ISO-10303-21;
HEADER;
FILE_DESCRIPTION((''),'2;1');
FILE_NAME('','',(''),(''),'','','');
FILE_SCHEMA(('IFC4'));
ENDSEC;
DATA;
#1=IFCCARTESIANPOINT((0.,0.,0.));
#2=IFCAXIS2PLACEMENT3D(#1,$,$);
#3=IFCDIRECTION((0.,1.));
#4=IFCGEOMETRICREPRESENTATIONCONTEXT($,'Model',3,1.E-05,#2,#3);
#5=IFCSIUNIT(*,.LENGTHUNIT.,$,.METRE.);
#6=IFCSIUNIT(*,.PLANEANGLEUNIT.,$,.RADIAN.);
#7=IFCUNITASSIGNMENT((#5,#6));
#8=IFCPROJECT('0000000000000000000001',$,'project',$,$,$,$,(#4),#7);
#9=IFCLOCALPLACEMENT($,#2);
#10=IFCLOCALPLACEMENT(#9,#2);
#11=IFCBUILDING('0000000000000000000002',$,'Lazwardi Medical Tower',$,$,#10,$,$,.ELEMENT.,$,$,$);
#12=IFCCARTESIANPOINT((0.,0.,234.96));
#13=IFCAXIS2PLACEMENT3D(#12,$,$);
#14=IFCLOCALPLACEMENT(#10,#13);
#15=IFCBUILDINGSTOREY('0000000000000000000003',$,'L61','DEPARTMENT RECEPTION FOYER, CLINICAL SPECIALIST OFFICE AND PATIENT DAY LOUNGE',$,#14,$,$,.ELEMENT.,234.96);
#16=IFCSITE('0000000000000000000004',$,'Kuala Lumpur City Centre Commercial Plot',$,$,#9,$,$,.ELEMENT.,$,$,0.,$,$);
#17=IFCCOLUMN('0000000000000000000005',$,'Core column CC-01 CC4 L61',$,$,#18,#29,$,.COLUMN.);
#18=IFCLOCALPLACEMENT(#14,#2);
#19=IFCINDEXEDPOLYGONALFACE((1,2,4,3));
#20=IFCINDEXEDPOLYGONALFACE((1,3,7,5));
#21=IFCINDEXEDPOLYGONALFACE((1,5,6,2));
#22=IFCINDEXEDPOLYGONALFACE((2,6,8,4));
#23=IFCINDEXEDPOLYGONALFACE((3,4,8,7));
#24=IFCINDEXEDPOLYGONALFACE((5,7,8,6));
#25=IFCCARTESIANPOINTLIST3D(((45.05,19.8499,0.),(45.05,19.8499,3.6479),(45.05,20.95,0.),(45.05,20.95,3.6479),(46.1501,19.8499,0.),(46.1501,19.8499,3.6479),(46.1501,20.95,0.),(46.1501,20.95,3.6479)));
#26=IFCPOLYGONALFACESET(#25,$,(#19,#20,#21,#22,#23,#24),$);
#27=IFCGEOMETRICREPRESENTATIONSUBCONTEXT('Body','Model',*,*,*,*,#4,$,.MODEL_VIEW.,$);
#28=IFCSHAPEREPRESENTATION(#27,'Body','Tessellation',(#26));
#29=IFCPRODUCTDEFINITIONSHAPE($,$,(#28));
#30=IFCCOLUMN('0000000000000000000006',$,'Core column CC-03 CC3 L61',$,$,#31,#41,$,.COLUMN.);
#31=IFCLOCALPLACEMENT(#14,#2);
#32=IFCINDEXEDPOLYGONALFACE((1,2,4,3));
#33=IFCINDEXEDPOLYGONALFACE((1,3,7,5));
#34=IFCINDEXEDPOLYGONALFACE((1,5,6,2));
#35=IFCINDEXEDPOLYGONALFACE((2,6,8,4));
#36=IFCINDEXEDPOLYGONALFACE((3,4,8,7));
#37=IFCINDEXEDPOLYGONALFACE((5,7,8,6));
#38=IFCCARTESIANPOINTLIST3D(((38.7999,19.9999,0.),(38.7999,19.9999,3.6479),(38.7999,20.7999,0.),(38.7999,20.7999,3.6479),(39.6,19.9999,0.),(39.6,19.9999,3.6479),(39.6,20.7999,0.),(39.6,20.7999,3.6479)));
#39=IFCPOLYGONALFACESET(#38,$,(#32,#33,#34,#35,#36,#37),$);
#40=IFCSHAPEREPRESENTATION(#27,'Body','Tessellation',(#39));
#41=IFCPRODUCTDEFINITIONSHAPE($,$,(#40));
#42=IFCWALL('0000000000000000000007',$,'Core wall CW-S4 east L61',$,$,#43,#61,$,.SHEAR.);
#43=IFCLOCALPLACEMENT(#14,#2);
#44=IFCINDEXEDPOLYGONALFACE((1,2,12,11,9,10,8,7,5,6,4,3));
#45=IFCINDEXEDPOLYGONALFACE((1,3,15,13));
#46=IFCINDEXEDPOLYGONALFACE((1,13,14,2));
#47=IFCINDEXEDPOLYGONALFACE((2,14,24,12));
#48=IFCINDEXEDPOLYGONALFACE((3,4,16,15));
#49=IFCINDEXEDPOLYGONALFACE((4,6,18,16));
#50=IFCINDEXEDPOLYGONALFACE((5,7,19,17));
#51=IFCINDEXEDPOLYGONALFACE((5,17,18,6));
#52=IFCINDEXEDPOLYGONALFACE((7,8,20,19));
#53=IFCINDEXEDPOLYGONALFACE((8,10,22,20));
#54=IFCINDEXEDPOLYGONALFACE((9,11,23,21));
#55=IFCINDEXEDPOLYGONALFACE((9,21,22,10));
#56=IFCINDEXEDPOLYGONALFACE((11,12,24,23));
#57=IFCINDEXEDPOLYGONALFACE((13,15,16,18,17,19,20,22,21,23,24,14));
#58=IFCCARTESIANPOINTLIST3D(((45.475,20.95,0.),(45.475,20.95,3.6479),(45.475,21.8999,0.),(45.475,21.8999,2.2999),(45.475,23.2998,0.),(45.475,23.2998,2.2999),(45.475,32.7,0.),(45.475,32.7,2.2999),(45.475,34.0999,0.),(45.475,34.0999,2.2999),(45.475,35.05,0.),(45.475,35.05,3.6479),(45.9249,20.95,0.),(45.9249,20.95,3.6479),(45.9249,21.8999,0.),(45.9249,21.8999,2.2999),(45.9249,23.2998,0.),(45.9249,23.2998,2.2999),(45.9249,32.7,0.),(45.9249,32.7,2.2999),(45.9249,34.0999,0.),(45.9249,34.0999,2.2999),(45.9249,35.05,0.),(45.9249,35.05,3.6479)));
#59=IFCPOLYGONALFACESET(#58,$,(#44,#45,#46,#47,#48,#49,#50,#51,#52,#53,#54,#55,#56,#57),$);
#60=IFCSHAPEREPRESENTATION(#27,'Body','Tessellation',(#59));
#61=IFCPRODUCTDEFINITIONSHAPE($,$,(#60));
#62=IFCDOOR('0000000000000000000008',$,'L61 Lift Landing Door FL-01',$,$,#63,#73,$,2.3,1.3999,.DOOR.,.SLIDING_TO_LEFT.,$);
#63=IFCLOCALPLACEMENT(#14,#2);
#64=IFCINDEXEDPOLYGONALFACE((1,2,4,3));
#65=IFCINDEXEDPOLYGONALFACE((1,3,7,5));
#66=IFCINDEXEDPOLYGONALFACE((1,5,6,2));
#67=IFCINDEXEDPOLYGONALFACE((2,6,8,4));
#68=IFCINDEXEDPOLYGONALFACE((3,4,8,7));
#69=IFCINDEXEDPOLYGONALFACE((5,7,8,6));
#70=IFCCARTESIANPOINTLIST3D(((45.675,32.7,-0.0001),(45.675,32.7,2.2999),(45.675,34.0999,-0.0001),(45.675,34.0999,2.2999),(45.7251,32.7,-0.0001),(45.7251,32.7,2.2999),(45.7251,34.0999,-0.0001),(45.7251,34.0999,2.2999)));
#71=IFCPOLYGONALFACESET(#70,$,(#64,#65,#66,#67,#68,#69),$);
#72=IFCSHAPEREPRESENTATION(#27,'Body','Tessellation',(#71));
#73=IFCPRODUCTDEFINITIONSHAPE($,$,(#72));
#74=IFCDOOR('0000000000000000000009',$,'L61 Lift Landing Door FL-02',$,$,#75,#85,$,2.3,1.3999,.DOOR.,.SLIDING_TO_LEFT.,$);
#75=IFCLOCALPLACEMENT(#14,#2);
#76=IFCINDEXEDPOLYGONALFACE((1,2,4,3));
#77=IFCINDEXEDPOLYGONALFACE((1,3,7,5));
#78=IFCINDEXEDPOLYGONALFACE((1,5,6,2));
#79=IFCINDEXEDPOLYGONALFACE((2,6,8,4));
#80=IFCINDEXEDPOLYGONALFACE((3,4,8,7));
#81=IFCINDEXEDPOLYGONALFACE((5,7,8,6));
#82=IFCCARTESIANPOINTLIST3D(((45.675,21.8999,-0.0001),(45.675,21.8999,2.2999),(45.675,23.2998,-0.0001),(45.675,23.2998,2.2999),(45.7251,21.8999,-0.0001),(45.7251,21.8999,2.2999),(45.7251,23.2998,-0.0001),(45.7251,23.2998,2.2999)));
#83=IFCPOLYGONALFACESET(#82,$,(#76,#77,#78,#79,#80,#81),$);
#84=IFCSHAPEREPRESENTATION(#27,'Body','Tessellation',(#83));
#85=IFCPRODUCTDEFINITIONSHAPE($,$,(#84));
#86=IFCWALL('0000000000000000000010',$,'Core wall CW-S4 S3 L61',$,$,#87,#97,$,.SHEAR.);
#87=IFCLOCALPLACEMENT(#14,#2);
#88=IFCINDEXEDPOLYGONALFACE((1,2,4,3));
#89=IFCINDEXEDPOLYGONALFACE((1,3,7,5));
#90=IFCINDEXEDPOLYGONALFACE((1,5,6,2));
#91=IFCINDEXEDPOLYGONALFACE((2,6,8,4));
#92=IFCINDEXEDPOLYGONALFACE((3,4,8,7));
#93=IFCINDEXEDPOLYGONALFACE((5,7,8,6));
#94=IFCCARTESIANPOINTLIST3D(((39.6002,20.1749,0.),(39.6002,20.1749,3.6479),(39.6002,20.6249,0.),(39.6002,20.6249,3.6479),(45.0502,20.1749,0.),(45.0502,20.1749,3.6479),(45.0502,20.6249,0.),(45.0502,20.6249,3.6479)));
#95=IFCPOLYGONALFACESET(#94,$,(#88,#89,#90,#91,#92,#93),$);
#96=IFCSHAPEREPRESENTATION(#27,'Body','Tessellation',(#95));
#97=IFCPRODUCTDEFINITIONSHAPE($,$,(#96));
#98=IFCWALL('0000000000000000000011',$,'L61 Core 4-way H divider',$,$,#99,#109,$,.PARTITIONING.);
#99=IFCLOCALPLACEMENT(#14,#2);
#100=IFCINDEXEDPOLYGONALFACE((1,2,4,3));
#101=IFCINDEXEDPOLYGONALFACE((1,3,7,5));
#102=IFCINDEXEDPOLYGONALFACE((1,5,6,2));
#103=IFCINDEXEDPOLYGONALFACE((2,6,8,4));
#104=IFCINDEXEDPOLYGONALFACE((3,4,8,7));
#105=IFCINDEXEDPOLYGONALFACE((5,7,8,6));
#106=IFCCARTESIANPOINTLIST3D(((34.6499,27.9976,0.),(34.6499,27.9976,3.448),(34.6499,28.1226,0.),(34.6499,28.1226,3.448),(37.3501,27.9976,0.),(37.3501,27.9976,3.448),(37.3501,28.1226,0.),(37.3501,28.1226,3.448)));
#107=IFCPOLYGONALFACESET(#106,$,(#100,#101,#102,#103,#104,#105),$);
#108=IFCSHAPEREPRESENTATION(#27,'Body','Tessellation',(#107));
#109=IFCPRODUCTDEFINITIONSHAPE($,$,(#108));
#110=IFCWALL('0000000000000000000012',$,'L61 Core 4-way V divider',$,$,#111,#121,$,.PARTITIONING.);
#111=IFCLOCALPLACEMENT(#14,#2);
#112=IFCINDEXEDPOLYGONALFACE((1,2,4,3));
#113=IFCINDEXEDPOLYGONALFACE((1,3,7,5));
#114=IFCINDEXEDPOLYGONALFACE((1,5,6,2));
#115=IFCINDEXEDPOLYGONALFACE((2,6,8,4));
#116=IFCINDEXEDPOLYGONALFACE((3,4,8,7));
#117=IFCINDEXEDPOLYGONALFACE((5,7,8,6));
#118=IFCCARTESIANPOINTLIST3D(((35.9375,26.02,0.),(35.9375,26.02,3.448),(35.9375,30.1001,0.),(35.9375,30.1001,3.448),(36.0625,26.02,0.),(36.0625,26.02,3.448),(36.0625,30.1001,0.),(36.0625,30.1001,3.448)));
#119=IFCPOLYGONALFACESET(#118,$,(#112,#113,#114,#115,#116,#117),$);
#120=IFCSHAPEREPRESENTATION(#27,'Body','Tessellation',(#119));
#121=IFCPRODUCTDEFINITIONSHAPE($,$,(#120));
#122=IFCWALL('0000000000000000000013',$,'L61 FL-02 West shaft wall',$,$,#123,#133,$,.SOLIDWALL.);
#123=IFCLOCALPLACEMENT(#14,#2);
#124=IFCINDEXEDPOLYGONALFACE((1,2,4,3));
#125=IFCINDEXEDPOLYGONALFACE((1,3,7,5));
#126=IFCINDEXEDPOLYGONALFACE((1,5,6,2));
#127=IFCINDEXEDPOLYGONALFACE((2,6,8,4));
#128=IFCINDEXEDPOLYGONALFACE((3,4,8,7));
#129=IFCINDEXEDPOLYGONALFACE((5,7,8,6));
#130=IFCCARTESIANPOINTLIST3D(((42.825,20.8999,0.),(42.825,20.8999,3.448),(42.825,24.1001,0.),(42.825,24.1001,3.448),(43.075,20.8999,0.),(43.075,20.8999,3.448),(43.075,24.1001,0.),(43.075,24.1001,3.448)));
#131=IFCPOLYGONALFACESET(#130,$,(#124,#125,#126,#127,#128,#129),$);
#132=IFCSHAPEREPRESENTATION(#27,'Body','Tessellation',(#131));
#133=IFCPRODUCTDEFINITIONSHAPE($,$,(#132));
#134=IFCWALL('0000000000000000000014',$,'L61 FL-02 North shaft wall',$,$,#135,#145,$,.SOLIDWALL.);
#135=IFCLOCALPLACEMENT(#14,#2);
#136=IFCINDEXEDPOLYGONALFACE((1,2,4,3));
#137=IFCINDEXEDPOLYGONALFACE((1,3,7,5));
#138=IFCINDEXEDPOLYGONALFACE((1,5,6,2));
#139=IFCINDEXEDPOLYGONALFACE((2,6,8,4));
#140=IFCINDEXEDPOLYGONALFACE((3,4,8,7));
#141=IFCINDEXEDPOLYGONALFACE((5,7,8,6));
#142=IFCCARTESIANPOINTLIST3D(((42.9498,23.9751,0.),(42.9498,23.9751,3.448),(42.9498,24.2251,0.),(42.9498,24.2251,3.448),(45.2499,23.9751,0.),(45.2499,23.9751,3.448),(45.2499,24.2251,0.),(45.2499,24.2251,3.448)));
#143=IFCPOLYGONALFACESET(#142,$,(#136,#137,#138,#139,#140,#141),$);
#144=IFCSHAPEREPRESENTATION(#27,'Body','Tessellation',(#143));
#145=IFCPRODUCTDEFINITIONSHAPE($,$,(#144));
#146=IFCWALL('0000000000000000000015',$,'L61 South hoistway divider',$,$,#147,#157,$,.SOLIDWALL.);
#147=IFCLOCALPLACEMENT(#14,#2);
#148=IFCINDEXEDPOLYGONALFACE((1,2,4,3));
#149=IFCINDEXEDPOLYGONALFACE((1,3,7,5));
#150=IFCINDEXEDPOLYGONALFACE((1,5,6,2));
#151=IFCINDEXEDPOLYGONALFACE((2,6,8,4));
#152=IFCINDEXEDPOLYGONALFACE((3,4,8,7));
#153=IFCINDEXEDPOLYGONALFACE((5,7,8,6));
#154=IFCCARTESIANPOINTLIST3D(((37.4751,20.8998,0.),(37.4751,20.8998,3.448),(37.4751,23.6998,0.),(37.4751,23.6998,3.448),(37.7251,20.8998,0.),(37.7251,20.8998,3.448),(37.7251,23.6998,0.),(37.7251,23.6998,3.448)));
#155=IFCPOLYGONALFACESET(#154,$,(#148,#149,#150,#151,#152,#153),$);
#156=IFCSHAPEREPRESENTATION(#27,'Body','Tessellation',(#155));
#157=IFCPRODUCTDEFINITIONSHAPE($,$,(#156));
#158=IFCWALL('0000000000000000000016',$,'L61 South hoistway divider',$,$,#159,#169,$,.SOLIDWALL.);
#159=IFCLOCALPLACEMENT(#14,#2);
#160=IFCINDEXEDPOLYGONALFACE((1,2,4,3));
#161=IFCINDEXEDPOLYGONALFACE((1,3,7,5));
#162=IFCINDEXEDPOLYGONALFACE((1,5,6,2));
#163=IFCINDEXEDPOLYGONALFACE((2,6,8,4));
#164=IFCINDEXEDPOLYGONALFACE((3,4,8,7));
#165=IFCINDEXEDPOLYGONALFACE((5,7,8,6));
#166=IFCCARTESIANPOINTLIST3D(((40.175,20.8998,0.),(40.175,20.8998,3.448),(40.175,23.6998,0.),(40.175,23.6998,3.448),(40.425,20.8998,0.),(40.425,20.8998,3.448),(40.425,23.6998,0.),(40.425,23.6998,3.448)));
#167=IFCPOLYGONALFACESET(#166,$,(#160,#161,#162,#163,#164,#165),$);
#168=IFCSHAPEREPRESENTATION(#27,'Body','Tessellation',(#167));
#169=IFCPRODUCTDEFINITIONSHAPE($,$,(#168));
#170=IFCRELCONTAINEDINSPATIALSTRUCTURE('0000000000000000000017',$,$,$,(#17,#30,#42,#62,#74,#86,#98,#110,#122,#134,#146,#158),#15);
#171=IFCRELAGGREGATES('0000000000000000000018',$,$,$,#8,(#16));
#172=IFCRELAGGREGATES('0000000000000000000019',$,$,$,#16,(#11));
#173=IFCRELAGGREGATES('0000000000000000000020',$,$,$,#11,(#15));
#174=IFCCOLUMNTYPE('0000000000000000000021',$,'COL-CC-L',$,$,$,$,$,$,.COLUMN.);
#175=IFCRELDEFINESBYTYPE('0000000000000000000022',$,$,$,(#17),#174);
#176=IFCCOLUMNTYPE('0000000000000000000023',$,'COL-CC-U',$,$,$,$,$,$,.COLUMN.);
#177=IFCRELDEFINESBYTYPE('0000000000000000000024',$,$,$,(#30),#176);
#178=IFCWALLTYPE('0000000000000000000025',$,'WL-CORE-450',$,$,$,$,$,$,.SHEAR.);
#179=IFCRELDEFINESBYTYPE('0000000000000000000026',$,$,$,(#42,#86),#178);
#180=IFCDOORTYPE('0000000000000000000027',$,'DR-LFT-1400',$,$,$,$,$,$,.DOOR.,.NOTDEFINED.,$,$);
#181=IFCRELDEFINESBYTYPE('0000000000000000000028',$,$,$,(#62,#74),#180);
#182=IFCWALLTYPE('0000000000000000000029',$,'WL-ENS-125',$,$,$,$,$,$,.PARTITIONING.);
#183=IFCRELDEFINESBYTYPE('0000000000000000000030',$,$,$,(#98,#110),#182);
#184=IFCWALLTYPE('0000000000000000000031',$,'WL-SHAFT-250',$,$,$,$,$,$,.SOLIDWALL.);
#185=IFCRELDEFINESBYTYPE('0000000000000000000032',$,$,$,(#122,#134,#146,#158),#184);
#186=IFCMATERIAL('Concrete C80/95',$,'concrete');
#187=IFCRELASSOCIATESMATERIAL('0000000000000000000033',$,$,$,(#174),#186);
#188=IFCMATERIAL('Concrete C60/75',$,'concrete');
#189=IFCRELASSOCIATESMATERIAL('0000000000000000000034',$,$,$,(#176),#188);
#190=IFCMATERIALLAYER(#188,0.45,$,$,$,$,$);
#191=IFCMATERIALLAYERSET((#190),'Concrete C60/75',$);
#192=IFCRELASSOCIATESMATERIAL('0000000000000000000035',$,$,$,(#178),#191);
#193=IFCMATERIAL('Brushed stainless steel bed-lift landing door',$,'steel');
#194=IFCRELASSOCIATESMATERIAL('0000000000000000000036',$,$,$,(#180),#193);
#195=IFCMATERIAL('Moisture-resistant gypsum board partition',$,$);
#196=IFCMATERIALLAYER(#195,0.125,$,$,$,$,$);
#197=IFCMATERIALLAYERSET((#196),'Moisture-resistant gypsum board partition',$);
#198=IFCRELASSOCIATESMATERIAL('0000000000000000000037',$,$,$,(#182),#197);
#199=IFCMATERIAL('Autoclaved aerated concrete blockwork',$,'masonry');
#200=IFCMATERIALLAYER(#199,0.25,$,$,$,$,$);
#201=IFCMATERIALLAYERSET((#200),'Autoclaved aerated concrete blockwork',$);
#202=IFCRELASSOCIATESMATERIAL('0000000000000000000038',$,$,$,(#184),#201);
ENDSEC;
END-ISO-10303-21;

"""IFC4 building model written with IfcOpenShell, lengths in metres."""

from ifc_helpers import new_model, si_unit, direction, frame, frame_2d, origin, origin_2d, place, context, subcontext, project, spatial, rectangle, extrude, material, layer, layer_set, material_profile, profile_set, type_object, element, fill, save


model = new_model("IFC4")

# Units and contexts
model_context = context("Model", 3, precision=1e-05, world=origin(), true_north=direction((0.0, 1.0)))
body_context = subcontext(model_context, "Body", "Model", "MODEL_VIEW")
ifc_project = project(units=[si_unit("LENGTHUNIT", "METRE"), si_unit("PLANEANGLEUNIT", "RADIAN")], contexts=[model_context])

# Site, building, storey
site_placement = place(None, origin())
site = spatial("IfcSite", under=ifc_project, at=site_placement, Name="Kuala Lumpur City Centre Commercial Plot", CompositionType="ELEMENT", RefElevation=0.0)
building_placement = place(site_placement, origin())
building = spatial("IfcBuilding", under=site, at=building_placement, Name="Lazwardi Medical Tower", CompositionType="ELEMENT")
storey_placement = place(building_placement, frame((0.0, 0.0, 234.96)))
storey = spatial("IfcBuildingStorey", under=building, at=storey_placement, Name="L61", Description="DEPARTMENT RECEPTION FOYER, CLINICAL SPECIALIST OFFICE AND PATIENT DAY LOUNGE", CompositionType="ELEMENT", Elevation=234.96)

# Columns
ifc_material_1 = material(Name="Concrete C80/95", Category="concrete")
ifc_material_profile_1 = material_profile(ifc_material_1, rectangle(XDim=1.1001, YDim=1.1001, at=origin_2d()), Name="RC 1100x1100")
ifc_profile_set_1 = profile_set([ifc_material_profile_1], Name="Concrete C80/95")
column_type_1 = type_object("IfcColumnType", Name="COL-CC-L", PredefinedType="COLUMN", material=ifc_profile_set_1)
column_1_placement = place(storey_placement, frame((45.6001, 20.3999, 0.0), z_axis=(0.0, 0.0, 1.0), x_axis=(1.0, 0.0, 0.0)))
element("IfcColumn", 1, at=column_1_placement, inside=storey, type_object=column_type_1, Name="Core column CC-01 CC4 L61", PredefinedType="COLUMN", context=body_context, shape_type="SweptSolid", body=[
    extrude(rectangle(XDim=1.1001, YDim=1.1001, at=origin_2d()), origin(), (0.0, 0.0, 1.0), 3.6479),
])
ifc_material_2 = material(Name="Concrete C60/75", Category="concrete")
ifc_material_profile_2 = material_profile(ifc_material_2, rectangle(XDim=0.8, YDim=0.8, at=origin_2d()), Name="RC 800x800")
ifc_profile_set_2 = profile_set([ifc_material_profile_2], Name="Concrete C60/75")
column_type_2 = type_object("IfcColumnType", Name="COL-CC-U", PredefinedType="COLUMN", material=ifc_profile_set_2)
column_2_placement = place(storey_placement, frame((39.2, 20.3999, 0.0), z_axis=(0.0, 0.0, 1.0), x_axis=(1.0, 0.0, 0.0)))
element("IfcColumn", 2, at=column_2_placement, inside=storey, type_object=column_type_2, Name="Core column CC-03 CC3 L61", PredefinedType="COLUMN", context=body_context, shape_type="SweptSolid", body=[
    extrude(rectangle(XDim=0.8, YDim=0.8, at=origin_2d()), origin(), (0.0, 0.0, 1.0), 3.6479),
])

# Wall, openings, doors
ifc_layer_1 = layer(ifc_material_2, 0.45)
ifc_layer_set_1 = layer_set([ifc_layer_1], Name="Concrete C60/75")
wall_type_1 = type_object("IfcWallType", Name="WL-CORE-450", PredefinedType="SHEAR", material=ifc_layer_set_1)
wall_1_placement = place(storey_placement, frame((45.7, 20.95, 0.0), z_axis=(0.0, 0.0, 1.0), x_axis=(0.0, 1.0, 0.0)))
wall_1 = element("IfcWall", 3, at=wall_1_placement, inside=storey, type_object=wall_type_1, Name="Core wall CW-S4 east L61", PredefinedType="SHEAR", context=body_context, shape_type="SweptSolid", body=[
    extrude(rectangle(XDim=14.1001, YDim=0.45, at=frame_2d((7.05, 0.0))), origin(), (0.0, 0.0, 1.0), 3.6479),
])
opening_1_placement = place(wall_1_placement, frame((11.75, 0.0, 0.0)))
opening_1 = element("IfcOpeningElement", 4, at=opening_1_placement, cuts=wall_1, PredefinedType="OPENING", context=body_context, shape_type="SweptSolid", body=[
    extrude(rectangle(XDim=1.3999, YDim=2.3, at=frame_2d((0.7, 1.1499))), frame((0.0, 0.2349, 0.0), z_axis=(0.0, -1.0, 0.0), x_axis=(1.0, 0.0, 0.0)), (0.0, 0.0, 1.0), 0.47),
])
opening_2_placement = place(wall_1_placement, frame((0.95, 0.0, 0.0)))
opening_2 = element("IfcOpeningElement", 5, at=opening_2_placement, cuts=wall_1, PredefinedType="OPENING", context=body_context, shape_type="SweptSolid", body=[
    extrude(rectangle(XDim=1.3999, YDim=2.3, at=frame_2d((0.7, 1.1499))), frame((0.0, 0.2349, 0.0), z_axis=(0.0, -1.0, 0.0), x_axis=(1.0, 0.0, 0.0)), (0.0, 0.0, 1.0), 0.47),
])
ifc_material_3 = material(Name="Brushed stainless steel bed-lift landing door", Category="steel")
door_type_1 = type_object("IfcDoorType", Name="DR-LFT-1400", OperationType="NOTDEFINED", PredefinedType="DOOR", material=ifc_material_3)
door_1_placement = place(opening_1_placement, origin())
door_1 = element("IfcDoor", 6, at=door_1_placement, inside=storey, type_object=door_type_1, Name="L61 Lift Landing Door FL-01", OperationType="SLIDING_TO_LEFT", OverallHeight=2.3, OverallWidth=1.3999, PredefinedType="DOOR", context=body_context, shape_type="SweptSolid", body=[
    extrude(rectangle(XDim=1.3999, YDim=2.3, at=frame_2d((0.7, 1.1499))), frame((0.0, 0.0249, 0.0), z_axis=(0.0, -1.0, 0.0), x_axis=(1.0, 0.0, 0.0)), (0.0, 0.0, 1.0), 0.05),
])
fill(opening_1, door_1)
door_2_placement = place(opening_2_placement, origin())
door_2 = element("IfcDoor", 7, at=door_2_placement, inside=storey, type_object=door_type_1, Name="L61 Lift Landing Door FL-02", OperationType="SLIDING_TO_LEFT", OverallHeight=2.3, OverallWidth=1.3999, PredefinedType="DOOR", context=body_context, shape_type="SweptSolid", body=[
    extrude(rectangle(XDim=1.3999, YDim=2.3, at=frame_2d((0.7, 1.1499))), frame((0.0, 0.0249, 0.0), z_axis=(0.0, -1.0, 0.0), x_axis=(1.0, 0.0, 0.0)), (0.0, 0.0, 1.0), 0.05),
])
fill(opening_2, door_2)

# Walls
wall_2_placement = place(storey_placement, frame((39.6001, 20.3999, 0.0), z_axis=(0.0, 0.0, 1.0), x_axis=(1.0, 0.0, 0.0)))
element("IfcWall", 8, at=wall_2_placement, inside=storey, type_object=wall_type_1, Name="Core wall CW-S4 S3 L61", PredefinedType="SHEAR", context=body_context, shape_type="SweptSolid", body=[
    extrude(rectangle(XDim=5.45, YDim=0.45, at=frame_2d((2.7251, 0.0))), origin(), (0.0, 0.0, 1.0), 3.6479),
])
ifc_material_4 = material(Name="Moisture-resistant gypsum board partition")
ifc_layer_2 = layer(ifc_material_4, 0.125)
ifc_layer_set_2 = layer_set([ifc_layer_2], Name="Moisture-resistant gypsum board partition")
wall_type_2 = type_object("IfcWallType", Name="WL-ENS-125", PredefinedType="PARTITIONING", material=ifc_layer_set_2)
wall_3_placement = place(storey_placement, frame((34.6499, 28.0601, 0.0), z_axis=(0.0, 0.0, 1.0), x_axis=(1.0, 0.0, 0.0)))
element("IfcWall", 9, at=wall_3_placement, inside=storey, type_object=wall_type_2, Name="L61 Core 4-way H divider", PredefinedType="PARTITIONING", context=body_context, shape_type="SweptSolid", body=[
    extrude(rectangle(XDim=2.7002, YDim=0.125, at=frame_2d((1.3501, 0.0))), origin(), (0.0, 0.0, 1.0), 3.448),
])
wall_4_placement = place(storey_placement, frame((36.0, 26.02, 0.0), z_axis=(0.0, 0.0, 1.0), x_axis=(0.0, 1.0, 0.0)))
element("IfcWall", 10, at=wall_4_placement, inside=storey, type_object=wall_type_2, Name="L61 Core 4-way V divider", PredefinedType="PARTITIONING", context=body_context, shape_type="SweptSolid", body=[
    extrude(rectangle(XDim=4.0801, YDim=0.125, at=frame_2d((2.04, 0.0))), origin(), (0.0, 0.0, 1.0), 3.448),
])
ifc_material_5 = material(Name="Autoclaved aerated concrete blockwork", Category="masonry")
ifc_layer_3 = layer(ifc_material_5, 0.25)
ifc_layer_set_3 = layer_set([ifc_layer_3], Name="Autoclaved aerated concrete blockwork")
wall_type_3 = type_object("IfcWallType", Name="WL-SHAFT-250", PredefinedType="SOLIDWALL", material=ifc_layer_set_3)
wall_5_placement = place(storey_placement, frame((42.95, 20.8999, 0.0), z_axis=(0.0, 0.0, 1.0), x_axis=(0.0, 1.0, 0.0)))
element("IfcWall", 11, at=wall_5_placement, inside=storey, type_object=wall_type_3, Name="L61 FL-02 West shaft wall", PredefinedType="SOLIDWALL", context=body_context, shape_type="SweptSolid", body=[
    extrude(rectangle(XDim=3.2002, YDim=0.25, at=frame_2d((1.6001, 0.0))), origin(), (0.0, 0.0, 1.0), 3.448),
])
wall_6_placement = place(storey_placement, frame((42.95, 24.1001, 0.0), z_axis=(0.0, 0.0, 1.0), x_axis=(1.0, 0.0, 0.0)))
element("IfcWall", 12, at=wall_6_placement, inside=storey, type_object=wall_type_3, Name="L61 FL-02 North shaft wall", PredefinedType="SOLIDWALL", context=body_context, shape_type="SweptSolid", body=[
    extrude(rectangle(XDim=2.3, YDim=0.25, at=frame_2d((1.1499, 0.0))), origin(), (0.0, 0.0, 1.0), 3.448),
])
for number, where, z_axis, x_axis, name in (
    (13, (37.6001, 20.8999, 0.0), (0.0, 0.0, 1.0), (0.0, 1.0, 0.0), "L61 South hoistway divider"),
    (14, (40.3, 20.8999, 0.0), (0.0, 0.0, 1.0), (0.0, 1.0, 0.0), "L61 South hoistway divider"),
):
    element("IfcWall", number, at=place(storey_placement, frame(where, z_axis=z_axis, x_axis=x_axis)), inside=storey, type_object=wall_type_3, Name=name, PredefinedType="SOLIDWALL", context=body_context, shape_type="SweptSolid", body=[
        extrude(rectangle(XDim=2.8, YDim=0.25, at=frame_2d((1.3999, 0.0))), origin(), (0.0, 0.0, 1.0), 3.448),
    ])

save(model, "model.ifc")
